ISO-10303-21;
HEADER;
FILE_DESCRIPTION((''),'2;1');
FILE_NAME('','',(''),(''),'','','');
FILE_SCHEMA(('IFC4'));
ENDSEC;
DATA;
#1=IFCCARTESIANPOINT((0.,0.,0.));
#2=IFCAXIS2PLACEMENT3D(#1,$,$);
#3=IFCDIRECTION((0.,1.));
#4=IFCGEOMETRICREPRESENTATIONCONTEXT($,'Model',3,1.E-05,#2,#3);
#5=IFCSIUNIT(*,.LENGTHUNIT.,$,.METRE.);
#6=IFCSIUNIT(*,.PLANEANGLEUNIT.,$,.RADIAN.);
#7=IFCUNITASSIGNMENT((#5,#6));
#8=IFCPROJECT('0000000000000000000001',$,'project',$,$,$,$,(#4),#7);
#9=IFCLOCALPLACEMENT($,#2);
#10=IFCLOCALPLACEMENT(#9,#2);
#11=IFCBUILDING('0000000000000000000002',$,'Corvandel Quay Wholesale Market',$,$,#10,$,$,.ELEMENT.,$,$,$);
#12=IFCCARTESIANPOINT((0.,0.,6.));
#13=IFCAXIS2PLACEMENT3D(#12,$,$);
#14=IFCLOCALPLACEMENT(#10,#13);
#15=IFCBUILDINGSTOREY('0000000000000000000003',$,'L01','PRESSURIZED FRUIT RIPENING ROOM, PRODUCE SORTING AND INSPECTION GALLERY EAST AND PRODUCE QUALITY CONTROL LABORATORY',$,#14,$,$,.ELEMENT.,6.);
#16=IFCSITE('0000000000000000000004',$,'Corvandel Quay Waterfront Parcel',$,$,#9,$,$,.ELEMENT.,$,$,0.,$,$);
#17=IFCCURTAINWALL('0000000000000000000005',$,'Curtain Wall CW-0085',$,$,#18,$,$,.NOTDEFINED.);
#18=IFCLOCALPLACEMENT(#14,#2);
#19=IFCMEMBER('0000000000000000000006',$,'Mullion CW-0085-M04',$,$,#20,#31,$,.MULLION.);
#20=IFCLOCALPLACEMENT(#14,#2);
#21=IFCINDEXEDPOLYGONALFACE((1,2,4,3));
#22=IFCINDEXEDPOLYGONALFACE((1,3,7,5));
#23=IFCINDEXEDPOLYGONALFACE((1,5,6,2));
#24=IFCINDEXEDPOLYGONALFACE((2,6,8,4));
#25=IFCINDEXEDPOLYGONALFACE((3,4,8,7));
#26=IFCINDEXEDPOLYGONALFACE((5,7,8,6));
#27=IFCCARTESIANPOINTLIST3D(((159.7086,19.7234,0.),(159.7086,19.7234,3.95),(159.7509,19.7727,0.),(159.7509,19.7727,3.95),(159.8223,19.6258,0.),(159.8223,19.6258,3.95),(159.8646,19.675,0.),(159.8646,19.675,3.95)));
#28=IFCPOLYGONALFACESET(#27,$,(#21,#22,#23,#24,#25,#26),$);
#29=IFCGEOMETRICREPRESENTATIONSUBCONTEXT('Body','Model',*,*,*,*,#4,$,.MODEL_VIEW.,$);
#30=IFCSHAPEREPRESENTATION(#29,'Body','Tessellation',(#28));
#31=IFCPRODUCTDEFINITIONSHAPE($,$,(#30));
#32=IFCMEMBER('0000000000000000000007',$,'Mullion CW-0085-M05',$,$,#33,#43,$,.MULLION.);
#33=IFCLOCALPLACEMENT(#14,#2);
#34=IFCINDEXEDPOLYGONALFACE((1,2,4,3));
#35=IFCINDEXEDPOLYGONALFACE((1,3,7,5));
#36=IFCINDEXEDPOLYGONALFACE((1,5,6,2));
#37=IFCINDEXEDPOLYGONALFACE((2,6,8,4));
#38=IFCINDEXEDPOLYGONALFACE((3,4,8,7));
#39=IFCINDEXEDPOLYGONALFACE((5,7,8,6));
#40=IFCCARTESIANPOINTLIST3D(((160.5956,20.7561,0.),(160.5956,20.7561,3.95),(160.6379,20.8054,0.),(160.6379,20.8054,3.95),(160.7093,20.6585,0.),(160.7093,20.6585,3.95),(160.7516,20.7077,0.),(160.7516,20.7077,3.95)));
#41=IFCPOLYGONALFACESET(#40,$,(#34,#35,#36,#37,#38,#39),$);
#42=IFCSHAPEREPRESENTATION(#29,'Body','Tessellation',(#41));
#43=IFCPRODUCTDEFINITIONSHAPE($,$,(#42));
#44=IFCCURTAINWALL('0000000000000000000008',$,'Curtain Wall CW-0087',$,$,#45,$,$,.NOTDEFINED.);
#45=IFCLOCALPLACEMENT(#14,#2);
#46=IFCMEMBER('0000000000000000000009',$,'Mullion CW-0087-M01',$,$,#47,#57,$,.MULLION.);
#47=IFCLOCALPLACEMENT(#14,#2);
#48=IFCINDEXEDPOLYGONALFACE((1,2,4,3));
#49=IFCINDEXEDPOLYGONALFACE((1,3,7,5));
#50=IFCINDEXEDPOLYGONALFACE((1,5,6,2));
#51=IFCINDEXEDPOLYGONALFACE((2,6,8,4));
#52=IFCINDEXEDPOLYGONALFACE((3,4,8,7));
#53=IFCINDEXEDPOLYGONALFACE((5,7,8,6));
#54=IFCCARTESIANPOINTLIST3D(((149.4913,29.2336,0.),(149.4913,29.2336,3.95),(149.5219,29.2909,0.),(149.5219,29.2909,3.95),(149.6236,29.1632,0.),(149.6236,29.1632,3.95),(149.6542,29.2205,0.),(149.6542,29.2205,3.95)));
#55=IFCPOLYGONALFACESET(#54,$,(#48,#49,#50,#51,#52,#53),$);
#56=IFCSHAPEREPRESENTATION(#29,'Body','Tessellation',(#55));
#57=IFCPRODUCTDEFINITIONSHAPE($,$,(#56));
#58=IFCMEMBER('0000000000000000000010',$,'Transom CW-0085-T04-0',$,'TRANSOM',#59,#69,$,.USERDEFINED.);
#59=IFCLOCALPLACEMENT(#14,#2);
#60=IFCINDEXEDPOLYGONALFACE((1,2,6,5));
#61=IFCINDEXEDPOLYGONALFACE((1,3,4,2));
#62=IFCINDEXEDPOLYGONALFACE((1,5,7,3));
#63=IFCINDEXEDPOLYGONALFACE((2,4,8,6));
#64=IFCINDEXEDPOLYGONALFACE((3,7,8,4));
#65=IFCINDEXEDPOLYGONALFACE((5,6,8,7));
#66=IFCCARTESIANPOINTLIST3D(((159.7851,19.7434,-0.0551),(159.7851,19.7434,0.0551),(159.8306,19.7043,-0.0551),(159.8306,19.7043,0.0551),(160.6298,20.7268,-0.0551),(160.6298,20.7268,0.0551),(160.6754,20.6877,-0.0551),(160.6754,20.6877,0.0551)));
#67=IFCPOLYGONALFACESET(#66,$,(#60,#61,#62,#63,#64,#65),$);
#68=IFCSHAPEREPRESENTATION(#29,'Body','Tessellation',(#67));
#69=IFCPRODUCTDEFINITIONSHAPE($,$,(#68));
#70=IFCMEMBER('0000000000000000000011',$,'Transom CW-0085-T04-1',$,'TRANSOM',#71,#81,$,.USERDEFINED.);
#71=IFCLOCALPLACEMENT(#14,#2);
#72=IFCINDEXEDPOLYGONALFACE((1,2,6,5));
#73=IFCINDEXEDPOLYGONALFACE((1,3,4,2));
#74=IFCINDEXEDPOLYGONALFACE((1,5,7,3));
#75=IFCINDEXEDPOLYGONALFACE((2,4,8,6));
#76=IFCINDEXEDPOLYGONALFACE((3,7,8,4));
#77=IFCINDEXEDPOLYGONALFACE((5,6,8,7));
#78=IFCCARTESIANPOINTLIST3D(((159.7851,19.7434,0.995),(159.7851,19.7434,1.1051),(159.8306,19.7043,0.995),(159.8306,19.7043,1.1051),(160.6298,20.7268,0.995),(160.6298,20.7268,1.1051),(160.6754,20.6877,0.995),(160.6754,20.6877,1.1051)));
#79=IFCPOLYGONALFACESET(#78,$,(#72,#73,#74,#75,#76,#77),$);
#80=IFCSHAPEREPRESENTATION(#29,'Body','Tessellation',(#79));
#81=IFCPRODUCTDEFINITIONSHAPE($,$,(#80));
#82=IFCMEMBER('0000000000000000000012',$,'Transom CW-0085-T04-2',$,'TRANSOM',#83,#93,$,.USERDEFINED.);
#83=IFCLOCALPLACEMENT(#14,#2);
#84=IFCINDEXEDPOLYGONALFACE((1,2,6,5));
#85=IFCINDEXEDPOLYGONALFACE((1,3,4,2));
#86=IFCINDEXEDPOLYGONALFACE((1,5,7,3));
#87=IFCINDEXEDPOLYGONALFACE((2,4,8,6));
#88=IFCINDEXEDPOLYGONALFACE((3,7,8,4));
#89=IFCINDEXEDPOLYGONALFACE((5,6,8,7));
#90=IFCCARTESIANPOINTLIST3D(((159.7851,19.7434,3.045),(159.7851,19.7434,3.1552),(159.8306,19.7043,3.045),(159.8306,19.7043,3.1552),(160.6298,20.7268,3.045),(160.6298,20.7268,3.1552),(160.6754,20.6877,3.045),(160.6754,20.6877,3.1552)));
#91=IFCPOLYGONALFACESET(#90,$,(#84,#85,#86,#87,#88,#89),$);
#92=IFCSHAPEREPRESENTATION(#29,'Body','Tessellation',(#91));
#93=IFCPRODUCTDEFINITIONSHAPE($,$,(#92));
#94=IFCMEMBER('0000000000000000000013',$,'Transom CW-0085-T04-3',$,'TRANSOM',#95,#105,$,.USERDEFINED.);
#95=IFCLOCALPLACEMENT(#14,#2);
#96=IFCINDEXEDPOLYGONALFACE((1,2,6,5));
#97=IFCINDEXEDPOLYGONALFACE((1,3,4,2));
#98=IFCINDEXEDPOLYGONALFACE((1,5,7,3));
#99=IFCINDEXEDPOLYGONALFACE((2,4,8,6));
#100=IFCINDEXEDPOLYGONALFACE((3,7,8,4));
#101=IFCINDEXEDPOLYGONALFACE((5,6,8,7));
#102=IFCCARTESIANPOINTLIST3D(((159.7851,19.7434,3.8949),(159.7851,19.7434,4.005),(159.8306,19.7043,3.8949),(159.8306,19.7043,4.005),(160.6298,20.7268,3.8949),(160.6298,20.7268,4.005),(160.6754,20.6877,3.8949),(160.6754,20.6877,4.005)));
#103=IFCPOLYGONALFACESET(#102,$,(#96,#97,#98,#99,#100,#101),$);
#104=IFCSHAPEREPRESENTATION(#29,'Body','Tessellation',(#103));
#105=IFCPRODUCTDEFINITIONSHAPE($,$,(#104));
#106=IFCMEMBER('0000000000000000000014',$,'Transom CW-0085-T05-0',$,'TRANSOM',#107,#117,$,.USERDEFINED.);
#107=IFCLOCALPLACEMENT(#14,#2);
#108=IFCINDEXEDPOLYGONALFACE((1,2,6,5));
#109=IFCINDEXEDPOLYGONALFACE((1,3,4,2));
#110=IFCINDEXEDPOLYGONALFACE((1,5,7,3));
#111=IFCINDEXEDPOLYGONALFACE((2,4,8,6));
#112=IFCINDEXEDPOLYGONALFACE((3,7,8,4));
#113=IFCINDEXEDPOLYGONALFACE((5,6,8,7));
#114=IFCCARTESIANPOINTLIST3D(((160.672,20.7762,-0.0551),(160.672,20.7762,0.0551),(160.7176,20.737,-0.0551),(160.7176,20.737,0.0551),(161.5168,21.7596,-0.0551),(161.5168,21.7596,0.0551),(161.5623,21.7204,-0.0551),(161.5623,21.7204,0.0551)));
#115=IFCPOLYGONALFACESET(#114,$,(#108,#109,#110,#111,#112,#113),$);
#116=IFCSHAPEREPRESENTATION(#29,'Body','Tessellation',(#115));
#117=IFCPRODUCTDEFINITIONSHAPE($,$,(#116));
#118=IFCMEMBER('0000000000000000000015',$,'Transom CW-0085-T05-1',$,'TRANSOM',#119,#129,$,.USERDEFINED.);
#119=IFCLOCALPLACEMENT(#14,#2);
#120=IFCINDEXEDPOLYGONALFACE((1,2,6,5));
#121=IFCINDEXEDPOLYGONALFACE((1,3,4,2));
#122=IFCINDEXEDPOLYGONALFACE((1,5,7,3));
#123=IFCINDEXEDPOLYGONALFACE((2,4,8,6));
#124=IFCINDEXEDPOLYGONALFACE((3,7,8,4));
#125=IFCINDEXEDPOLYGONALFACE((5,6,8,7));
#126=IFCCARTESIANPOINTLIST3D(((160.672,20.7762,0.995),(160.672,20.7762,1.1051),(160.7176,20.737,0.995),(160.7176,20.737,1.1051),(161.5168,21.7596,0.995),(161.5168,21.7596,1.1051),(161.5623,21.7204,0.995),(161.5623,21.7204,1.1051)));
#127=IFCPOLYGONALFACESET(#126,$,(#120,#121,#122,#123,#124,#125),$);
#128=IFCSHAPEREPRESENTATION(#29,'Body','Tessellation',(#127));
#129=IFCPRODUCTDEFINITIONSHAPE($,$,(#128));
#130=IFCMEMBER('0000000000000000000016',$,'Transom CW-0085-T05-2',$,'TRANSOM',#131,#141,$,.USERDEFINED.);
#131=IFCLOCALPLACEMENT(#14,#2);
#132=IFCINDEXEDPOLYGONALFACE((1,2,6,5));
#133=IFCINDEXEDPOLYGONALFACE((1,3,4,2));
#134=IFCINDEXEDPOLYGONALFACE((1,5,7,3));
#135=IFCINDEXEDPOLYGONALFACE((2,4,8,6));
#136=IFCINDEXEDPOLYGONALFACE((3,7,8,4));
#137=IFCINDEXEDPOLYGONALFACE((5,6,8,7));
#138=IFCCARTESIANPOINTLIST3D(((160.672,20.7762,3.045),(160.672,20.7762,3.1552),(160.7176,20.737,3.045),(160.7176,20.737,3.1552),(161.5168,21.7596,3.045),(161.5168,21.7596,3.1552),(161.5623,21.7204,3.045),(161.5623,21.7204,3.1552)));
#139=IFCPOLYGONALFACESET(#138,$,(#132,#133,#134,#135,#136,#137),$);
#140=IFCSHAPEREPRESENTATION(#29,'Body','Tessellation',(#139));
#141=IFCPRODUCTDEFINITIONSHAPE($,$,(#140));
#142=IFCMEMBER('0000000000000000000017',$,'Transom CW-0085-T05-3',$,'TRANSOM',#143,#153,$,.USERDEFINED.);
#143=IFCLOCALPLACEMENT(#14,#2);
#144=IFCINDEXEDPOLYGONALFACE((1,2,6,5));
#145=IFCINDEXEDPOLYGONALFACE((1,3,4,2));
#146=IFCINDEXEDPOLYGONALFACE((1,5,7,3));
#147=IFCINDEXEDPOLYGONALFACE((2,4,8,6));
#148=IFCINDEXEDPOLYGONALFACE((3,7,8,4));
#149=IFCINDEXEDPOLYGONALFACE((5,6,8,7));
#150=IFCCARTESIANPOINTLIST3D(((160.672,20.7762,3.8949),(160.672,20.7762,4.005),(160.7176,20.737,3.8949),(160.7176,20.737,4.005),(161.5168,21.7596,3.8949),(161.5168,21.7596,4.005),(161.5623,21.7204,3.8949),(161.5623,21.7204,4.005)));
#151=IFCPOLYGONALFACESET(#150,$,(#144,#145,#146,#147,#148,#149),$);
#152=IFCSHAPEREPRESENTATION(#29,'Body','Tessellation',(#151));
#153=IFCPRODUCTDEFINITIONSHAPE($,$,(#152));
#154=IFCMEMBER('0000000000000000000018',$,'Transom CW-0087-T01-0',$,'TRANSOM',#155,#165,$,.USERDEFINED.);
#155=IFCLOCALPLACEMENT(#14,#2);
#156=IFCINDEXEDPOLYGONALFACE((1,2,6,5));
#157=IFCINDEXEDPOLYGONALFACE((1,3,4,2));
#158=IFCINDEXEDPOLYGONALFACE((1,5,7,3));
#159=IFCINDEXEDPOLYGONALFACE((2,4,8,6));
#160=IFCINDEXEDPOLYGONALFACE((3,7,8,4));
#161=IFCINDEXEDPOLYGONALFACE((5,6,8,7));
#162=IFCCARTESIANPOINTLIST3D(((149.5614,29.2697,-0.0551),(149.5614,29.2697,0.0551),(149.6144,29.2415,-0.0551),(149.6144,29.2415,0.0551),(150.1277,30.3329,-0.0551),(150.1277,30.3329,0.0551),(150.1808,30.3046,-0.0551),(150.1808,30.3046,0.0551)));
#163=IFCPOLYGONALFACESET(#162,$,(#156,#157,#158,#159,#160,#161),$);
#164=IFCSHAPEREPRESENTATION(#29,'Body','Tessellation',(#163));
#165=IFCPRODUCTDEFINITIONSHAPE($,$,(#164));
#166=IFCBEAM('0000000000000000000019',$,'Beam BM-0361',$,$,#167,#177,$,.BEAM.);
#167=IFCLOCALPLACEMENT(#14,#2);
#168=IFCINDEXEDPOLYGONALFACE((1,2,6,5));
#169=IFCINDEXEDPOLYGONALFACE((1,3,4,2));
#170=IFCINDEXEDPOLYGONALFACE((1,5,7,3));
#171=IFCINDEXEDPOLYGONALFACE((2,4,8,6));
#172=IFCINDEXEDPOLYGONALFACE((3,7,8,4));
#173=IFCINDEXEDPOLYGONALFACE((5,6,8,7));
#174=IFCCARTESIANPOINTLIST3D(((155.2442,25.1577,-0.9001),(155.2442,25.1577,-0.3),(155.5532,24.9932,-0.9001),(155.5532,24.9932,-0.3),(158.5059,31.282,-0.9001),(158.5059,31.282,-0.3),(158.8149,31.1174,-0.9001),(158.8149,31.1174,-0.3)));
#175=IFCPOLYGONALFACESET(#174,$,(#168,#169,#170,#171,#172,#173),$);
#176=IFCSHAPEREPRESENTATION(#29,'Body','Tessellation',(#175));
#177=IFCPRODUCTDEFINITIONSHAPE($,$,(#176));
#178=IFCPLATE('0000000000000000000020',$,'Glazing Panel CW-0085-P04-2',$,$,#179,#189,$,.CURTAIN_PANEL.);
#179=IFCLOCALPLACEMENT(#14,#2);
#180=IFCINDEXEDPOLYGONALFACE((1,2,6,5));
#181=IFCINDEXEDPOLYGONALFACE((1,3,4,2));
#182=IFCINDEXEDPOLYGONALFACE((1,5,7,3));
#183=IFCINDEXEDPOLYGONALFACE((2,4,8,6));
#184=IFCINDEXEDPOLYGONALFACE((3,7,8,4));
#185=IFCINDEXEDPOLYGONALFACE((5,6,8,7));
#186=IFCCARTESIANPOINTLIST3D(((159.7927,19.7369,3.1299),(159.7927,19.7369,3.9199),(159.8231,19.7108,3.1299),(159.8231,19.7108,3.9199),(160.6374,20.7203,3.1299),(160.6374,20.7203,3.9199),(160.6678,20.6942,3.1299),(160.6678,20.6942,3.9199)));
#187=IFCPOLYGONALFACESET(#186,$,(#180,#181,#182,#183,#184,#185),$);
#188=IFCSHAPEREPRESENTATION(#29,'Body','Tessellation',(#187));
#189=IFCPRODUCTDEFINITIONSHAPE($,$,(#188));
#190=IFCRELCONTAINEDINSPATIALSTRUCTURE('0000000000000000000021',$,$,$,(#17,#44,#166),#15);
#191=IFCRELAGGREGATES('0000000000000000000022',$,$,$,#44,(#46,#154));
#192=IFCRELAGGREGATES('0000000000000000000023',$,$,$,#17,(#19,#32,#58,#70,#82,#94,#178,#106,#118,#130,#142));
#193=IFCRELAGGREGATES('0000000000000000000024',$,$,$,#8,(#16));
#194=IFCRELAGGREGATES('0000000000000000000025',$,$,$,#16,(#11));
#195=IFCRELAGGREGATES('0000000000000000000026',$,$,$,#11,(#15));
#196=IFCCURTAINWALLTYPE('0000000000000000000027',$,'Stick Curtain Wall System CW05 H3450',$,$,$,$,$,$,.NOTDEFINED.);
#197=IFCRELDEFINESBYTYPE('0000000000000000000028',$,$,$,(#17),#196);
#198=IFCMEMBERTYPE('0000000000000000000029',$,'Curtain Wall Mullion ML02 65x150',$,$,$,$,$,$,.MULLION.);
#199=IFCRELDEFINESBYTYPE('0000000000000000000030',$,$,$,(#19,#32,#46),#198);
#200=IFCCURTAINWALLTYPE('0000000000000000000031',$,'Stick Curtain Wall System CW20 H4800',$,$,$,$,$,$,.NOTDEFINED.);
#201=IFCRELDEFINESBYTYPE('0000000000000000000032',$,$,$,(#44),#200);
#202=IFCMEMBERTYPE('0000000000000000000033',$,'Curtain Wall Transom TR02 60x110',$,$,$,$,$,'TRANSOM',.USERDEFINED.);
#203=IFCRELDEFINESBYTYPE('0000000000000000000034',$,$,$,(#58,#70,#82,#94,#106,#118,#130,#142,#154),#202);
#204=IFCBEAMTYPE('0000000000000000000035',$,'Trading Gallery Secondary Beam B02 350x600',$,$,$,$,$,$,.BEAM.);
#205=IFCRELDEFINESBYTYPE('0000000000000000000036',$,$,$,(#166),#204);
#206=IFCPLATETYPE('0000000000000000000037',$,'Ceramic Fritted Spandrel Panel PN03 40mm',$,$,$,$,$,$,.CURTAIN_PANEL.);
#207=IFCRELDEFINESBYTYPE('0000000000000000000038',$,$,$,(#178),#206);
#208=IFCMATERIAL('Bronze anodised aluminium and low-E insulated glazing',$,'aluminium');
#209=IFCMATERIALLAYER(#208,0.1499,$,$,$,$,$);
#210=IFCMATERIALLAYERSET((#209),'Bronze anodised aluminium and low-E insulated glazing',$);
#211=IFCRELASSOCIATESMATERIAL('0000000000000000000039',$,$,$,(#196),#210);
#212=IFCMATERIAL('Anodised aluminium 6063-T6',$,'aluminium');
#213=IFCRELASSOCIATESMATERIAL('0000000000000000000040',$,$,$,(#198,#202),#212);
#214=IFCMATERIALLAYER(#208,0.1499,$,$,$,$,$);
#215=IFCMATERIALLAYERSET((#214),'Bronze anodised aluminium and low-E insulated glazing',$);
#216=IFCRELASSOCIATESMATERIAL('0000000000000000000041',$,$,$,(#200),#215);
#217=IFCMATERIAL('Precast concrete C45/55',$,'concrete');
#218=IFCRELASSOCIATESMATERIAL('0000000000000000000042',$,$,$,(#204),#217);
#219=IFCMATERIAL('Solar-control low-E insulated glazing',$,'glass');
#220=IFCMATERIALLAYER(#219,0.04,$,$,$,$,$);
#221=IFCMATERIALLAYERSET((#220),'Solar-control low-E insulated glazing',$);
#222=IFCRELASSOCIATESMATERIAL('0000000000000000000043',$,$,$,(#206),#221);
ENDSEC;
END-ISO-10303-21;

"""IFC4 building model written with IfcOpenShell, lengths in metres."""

from ifc_helpers import new_model, si_unit, direction, frame, origin, origin_2d, place, context, subcontext, project, spatial, rectangle, extrude, material, layer, layer_set, material_profile, profile_set, type_object, element, aggregate, save


model = new_model("IFC4")

# Units and contexts
model_context = context("Model", 3, precision=1e-05, world=origin(), true_north=direction((0.0, 1.0)))
body_context = subcontext(model_context, "Body", "Model", "MODEL_VIEW")
ifc_project = project(units=[si_unit("LENGTHUNIT", "METRE"), si_unit("PLANEANGLEUNIT", "RADIAN")], contexts=[model_context])

# Site, building, storey
site_placement = place(None, origin())
site = spatial("IfcSite", under=ifc_project, at=site_placement, Name="Corvandel Quay Waterfront Parcel", CompositionType="ELEMENT", RefElevation=0.0)
building_placement = place(site_placement, origin())
building = spatial("IfcBuilding", under=site, at=building_placement, Name="Corvandel Quay Wholesale Market", CompositionType="ELEMENT")
storey_placement = place(building_placement, frame((0.0, 0.0, 6.0)))
storey = spatial("IfcBuildingStorey", under=building, at=storey_placement, Name="L01", Description="PRESSURIZED FRUIT RIPENING ROOM, PRODUCE SORTING AND INSPECTION GALLERY EAST AND PRODUCE QUALITY CONTROL LABORATORY", CompositionType="ELEMENT", Elevation=6.0)

# Curtain wall, members
ifc_material_1 = material(Name="Bronze anodised aluminium and low-E insulated glazing", Category="aluminium")
ifc_layer_1 = layer(ifc_material_1, 0.1499)
ifc_layer_set_1 = layer_set([ifc_layer_1], Name="Bronze anodised aluminium and low-E insulated glazing")
curtain_wall_type_1 = type_object("IfcCurtainWallType", Name="Stick Curtain Wall System CW05 H3450", PredefinedType="NOTDEFINED", material=ifc_layer_set_1)
curtain_wall_1_placement = place(storey_placement, origin())
curtain_wall_1 = element("IfcCurtainWall", 1, at=curtain_wall_1_placement, inside=storey, type_object=curtain_wall_type_1, Name="Curtain Wall CW-0085", PredefinedType="NOTDEFINED")
ifc_material_2 = material(Name="Anodised aluminium 6063-T6", Category="aluminium")
ifc_material_profile_1 = material_profile(ifc_material_2, rectangle(XDim=0.0649, YDim=0.1499, at=origin_2d()), Name="ALU-MUL-65x150")
ifc_profile_set_1 = profile_set([ifc_material_profile_1], Name="Anodised aluminium 6063-T6")
member_type_1 = type_object("IfcMemberType", Name="Curtain Wall Mullion ML02 65x150", PredefinedType="MULLION", material=ifc_profile_set_1)
member_1_placement = place(storey_placement, frame((159.7866, 19.6992, 0.0), z_axis=(0.0, 0.0, 1.0), x_axis=(0.651569, 0.758589, 0.0)))
member_1 = element("IfcMember", 2, at=member_1_placement, type_object=member_type_1, Name="Mullion CW-0085-M04", PredefinedType="MULLION", context=body_context, shape_type="SweptSolid", body=[
    extrude(rectangle(XDim=0.0649, YDim=0.1499, at=origin_2d()), origin(), (0.0, 0.0, 1.0), 3.95),
])
member_2_placement = place(storey_placement, frame((160.6736, 20.7319, 0.0), z_axis=(0.0, 0.0, 1.0), x_axis=(0.651569, 0.758589, 0.0)))
member_2 = element("IfcMember", 3, at=member_2_placement, type_object=member_type_1, Name="Mullion CW-0085-M05", PredefinedType="MULLION", context=body_context, shape_type="SweptSolid", body=[
    extrude(rectangle(XDim=0.0649, YDim=0.1499, at=origin_2d()), origin(), (0.0, 0.0, 1.0), 3.95),
])

# Curtain wall, member
ifc_layer_2 = layer(ifc_material_1, 0.1499)
ifc_layer_set_2 = layer_set([ifc_layer_2], Name="Bronze anodised aluminium and low-E insulated glazing")
curtain_wall_type_2 = type_object("IfcCurtainWallType", Name="Stick Curtain Wall System CW20 H4800", PredefinedType="NOTDEFINED", material=ifc_layer_set_2)
curtain_wall_2_placement = place(storey_placement, origin())
curtain_wall_2 = element("IfcCurtainWall", 4, at=curtain_wall_2_placement, inside=storey, type_object=curtain_wall_type_2, Name="Curtain Wall CW-0087", PredefinedType="NOTDEFINED")
member_3_placement = place(storey_placement, frame((149.5728, 29.2271, 0.0), z_axis=(0.0, 0.0, 1.0), x_axis=(0.470088, 0.88262, 0.0)))
member_3 = element("IfcMember", 5, at=member_3_placement, type_object=member_type_1, Name="Mullion CW-0087-M01", PredefinedType="MULLION", context=body_context, shape_type="SweptSolid", body=[
    extrude(rectangle(XDim=0.0649, YDim=0.1499, at=origin_2d()), origin(), (0.0, 0.0, 1.0), 3.95),
])

# Members
ifc_material_profile_2 = material_profile(ifc_material_2, rectangle(XDim=0.0601, YDim=0.1101, at=origin_2d()), Name="ALU-TRN-60x110")
ifc_profile_set_2 = profile_set([ifc_material_profile_2], Name="Anodised aluminium 6063-T6")
member_type_2 = type_object("IfcMemberType", Name="Curtain Wall Transom TR02 60x110", ElementType="TRANSOM", PredefinedType="USERDEFINED", material=ifc_profile_set_2)
member_4_placement = place(storey_placement, frame((159.8079, 19.7239, 0.0), z_axis=(0.651597, 0.758565, 0.0), x_axis=(-0.758565, 0.651597, 0.0)))
member_4 = element("IfcMember", 6, at=member_4_placement, type_object=member_type_2, Name="Transom CW-0085-T04-0", ObjectType="TRANSOM", PredefinedType="USERDEFINED", context=body_context, shape_type="SweptSolid", body=[
    extrude(rectangle(XDim=0.0601, YDim=0.1101, at=origin_2d()), origin(), (0.0, 0.0, 1.0), 1.2964),
])
member_5_placement = place(storey_placement, frame((159.8079, 19.7239, 1.05), z_axis=(0.651597, 0.758565, 0.0), x_axis=(-0.758565, 0.651597, 0.0)))
member_5 = element("IfcMember", 7, at=member_5_placement, type_object=member_type_2, Name="Transom CW-0085-T04-1", ObjectType="TRANSOM", PredefinedType="USERDEFINED", context=body_context, shape_type="SweptSolid", body=[
    extrude(rectangle(XDim=0.0601, YDim=0.1101, at=origin_2d()), origin(), (0.0, 0.0, 1.0), 1.2964),
])
member_6_placement = place(storey_placement, frame((159.8079, 19.7239, 3.1001), z_axis=(0.651597, 0.758565, 0.0), x_axis=(-0.758565, 0.651597, 0.0)))
member_6 = element("IfcMember", 8, at=member_6_placement, type_object=member_type_2, Name="Transom CW-0085-T04-2", ObjectType="TRANSOM", PredefinedType="USERDEFINED", context=body_context, shape_type="SweptSolid", body=[
    extrude(rectangle(XDim=0.0601, YDim=0.1101, at=origin_2d()), origin(), (0.0, 0.0, 1.0), 1.2964),
])
member_7_placement = place(storey_placement, frame((159.8079, 19.7239, 3.95), z_axis=(0.651597, 0.758565, 0.0), x_axis=(-0.758565, 0.651597, 0.0)))
member_7 = element("IfcMember", 9, at=member_7_placement, type_object=member_type_2, Name="Transom CW-0085-T04-3", ObjectType="TRANSOM", PredefinedType="USERDEFINED", context=body_context, shape_type="SweptSolid", body=[
    extrude(rectangle(XDim=0.0601, YDim=0.1101, at=origin_2d()), origin(), (0.0, 0.0, 1.0), 1.2964),
])
member_8_placement = place(storey_placement, frame((160.6948, 20.7566, 0.0), z_axis=(0.651597, 0.758565, 0.0), x_axis=(-0.758565, 0.651597, 0.0)))
member_8 = element("IfcMember", 10, at=member_8_placement, type_object=member_type_2, Name="Transom CW-0085-T05-0", ObjectType="TRANSOM", PredefinedType="USERDEFINED", context=body_context, shape_type="SweptSolid", body=[
    extrude(rectangle(XDim=0.0601, YDim=0.1101, at=origin_2d()), origin(), (0.0, 0.0, 1.0), 1.2964),
])
member_9_placement = place(storey_placement, frame((160.6948, 20.7566, 1.05), z_axis=(0.651597, 0.758565, 0.0), x_axis=(-0.758565, 0.651597, 0.0)))
member_9 = element("IfcMember", 11, at=member_9_placement, type_object=member_type_2, Name="Transom CW-0085-T05-1", ObjectType="TRANSOM", PredefinedType="USERDEFINED", context=body_context, shape_type="SweptSolid", body=[
    extrude(rectangle(XDim=0.0601, YDim=0.1101, at=origin_2d()), origin(), (0.0, 0.0, 1.0), 1.2964),
])
member_10_placement = place(storey_placement, frame((160.6948, 20.7566, 3.1001), z_axis=(0.651597, 0.758565, 0.0), x_axis=(-0.758565, 0.651597, 0.0)))
member_10 = element("IfcMember", 12, at=member_10_placement, type_object=member_type_2, Name="Transom CW-0085-T05-2", ObjectType="TRANSOM", PredefinedType="USERDEFINED", context=body_context, shape_type="SweptSolid", body=[
    extrude(rectangle(XDim=0.0601, YDim=0.1101, at=origin_2d()), origin(), (0.0, 0.0, 1.0), 1.2964),
])
member_11_placement = place(storey_placement, frame((160.6948, 20.7566, 3.95), z_axis=(0.651597, 0.758565, 0.0), x_axis=(-0.758565, 0.651597, 0.0)))
member_11 = element("IfcMember", 13, at=member_11_placement, type_object=member_type_2, Name="Transom CW-0085-T05-3", ObjectType="TRANSOM", PredefinedType="USERDEFINED", context=body_context, shape_type="SweptSolid", body=[
    extrude(rectangle(XDim=0.0601, YDim=0.1101, at=origin_2d()), origin(), (0.0, 0.0, 1.0), 1.2964),
])
member_12_placement = place(storey_placement, frame((149.5879, 29.2556, 0.0), z_axis=(0.470167, 0.882577, 0.0), x_axis=(-0.882577, 0.470167, 0.0)))
member_12 = element("IfcMember", 14, at=member_12_placement, type_object=member_type_2, Name="Transom CW-0087-T01-0", ObjectType="TRANSOM", PredefinedType="USERDEFINED", context=body_context, shape_type="SweptSolid", body=[
    extrude(rectangle(XDim=0.0601, YDim=0.1101, at=origin_2d()), origin(), (0.0, 0.0, 1.0), 1.2046),
])

# Beam
ifc_material_3 = material(Name="Precast concrete C45/55", Category="concrete")
ifc_material_profile_3 = material_profile(ifc_material_3, rectangle(XDim=0.3501, YDim=0.6001, at=origin_2d()), Name="PC-BM-350x600")
ifc_profile_set_3 = profile_set([ifc_material_profile_3], Name="Precast concrete C45/55")
beam_type = type_object("IfcBeamType", Name="Trading Gallery Secondary Beam B02 350x600", PredefinedType="BEAM", material=ifc_profile_set_3)
beam_placement = place(storey_placement, frame((155.3987, 25.0754, -0.6001), z_axis=(0.470077, 0.882626, 0.0), x_axis=(-0.882626, 0.470077, 0.0)))
element("IfcBeam", 15, at=beam_placement, inside=storey, type_object=beam_type, Name="Beam BM-0361", PredefinedType="BEAM", context=body_context, shape_type="SweptSolid", body=[
    extrude(rectangle(XDim=0.3501, YDim=0.6001, at=origin_2d()), origin(), (0.0, 0.0, 1.0), 6.9387),
])

# Plate
ifc_material_4 = material(Name="Solar-control low-E insulated glazing", Category="glass")
ifc_layer_3 = layer(ifc_material_4, 0.04)
ifc_layer_set_3 = layer_set([ifc_layer_3], Name="Solar-control low-E insulated glazing")
plate_type_1 = type_object("IfcPlateType", Name="Ceramic Fritted Spandrel Panel PN03 40mm", PredefinedType="CURTAIN_PANEL", material=ifc_layer_set_3)
plate_1_placement = place(storey_placement, frame((160.2302, 20.2156, 3.1299), z_axis=(0.0, 0.0, 1.0), x_axis=(0.651569, 0.758589, 0.0)))
plate_1 = element("IfcPlate", 16, at=plate_1_placement, type_object=plate_type_1, Name="Glazing Panel CW-0085-P04-2", PredefinedType="CURTAIN_PANEL", context=body_context, shape_type="SweptSolid", body=[
    extrude(rectangle(XDim=1.2964, YDim=0.04, at=origin_2d()), origin(), (0.0, 0.0, 1.0), 0.79),
])
aggregate(curtain_wall_2, [member_3, member_12])
aggregate(curtain_wall_1, [member_1, member_2, member_4, member_5, member_6, member_7, plate_1, member_8, member_9, member_10, member_11])

save(model, "model.ifc")
